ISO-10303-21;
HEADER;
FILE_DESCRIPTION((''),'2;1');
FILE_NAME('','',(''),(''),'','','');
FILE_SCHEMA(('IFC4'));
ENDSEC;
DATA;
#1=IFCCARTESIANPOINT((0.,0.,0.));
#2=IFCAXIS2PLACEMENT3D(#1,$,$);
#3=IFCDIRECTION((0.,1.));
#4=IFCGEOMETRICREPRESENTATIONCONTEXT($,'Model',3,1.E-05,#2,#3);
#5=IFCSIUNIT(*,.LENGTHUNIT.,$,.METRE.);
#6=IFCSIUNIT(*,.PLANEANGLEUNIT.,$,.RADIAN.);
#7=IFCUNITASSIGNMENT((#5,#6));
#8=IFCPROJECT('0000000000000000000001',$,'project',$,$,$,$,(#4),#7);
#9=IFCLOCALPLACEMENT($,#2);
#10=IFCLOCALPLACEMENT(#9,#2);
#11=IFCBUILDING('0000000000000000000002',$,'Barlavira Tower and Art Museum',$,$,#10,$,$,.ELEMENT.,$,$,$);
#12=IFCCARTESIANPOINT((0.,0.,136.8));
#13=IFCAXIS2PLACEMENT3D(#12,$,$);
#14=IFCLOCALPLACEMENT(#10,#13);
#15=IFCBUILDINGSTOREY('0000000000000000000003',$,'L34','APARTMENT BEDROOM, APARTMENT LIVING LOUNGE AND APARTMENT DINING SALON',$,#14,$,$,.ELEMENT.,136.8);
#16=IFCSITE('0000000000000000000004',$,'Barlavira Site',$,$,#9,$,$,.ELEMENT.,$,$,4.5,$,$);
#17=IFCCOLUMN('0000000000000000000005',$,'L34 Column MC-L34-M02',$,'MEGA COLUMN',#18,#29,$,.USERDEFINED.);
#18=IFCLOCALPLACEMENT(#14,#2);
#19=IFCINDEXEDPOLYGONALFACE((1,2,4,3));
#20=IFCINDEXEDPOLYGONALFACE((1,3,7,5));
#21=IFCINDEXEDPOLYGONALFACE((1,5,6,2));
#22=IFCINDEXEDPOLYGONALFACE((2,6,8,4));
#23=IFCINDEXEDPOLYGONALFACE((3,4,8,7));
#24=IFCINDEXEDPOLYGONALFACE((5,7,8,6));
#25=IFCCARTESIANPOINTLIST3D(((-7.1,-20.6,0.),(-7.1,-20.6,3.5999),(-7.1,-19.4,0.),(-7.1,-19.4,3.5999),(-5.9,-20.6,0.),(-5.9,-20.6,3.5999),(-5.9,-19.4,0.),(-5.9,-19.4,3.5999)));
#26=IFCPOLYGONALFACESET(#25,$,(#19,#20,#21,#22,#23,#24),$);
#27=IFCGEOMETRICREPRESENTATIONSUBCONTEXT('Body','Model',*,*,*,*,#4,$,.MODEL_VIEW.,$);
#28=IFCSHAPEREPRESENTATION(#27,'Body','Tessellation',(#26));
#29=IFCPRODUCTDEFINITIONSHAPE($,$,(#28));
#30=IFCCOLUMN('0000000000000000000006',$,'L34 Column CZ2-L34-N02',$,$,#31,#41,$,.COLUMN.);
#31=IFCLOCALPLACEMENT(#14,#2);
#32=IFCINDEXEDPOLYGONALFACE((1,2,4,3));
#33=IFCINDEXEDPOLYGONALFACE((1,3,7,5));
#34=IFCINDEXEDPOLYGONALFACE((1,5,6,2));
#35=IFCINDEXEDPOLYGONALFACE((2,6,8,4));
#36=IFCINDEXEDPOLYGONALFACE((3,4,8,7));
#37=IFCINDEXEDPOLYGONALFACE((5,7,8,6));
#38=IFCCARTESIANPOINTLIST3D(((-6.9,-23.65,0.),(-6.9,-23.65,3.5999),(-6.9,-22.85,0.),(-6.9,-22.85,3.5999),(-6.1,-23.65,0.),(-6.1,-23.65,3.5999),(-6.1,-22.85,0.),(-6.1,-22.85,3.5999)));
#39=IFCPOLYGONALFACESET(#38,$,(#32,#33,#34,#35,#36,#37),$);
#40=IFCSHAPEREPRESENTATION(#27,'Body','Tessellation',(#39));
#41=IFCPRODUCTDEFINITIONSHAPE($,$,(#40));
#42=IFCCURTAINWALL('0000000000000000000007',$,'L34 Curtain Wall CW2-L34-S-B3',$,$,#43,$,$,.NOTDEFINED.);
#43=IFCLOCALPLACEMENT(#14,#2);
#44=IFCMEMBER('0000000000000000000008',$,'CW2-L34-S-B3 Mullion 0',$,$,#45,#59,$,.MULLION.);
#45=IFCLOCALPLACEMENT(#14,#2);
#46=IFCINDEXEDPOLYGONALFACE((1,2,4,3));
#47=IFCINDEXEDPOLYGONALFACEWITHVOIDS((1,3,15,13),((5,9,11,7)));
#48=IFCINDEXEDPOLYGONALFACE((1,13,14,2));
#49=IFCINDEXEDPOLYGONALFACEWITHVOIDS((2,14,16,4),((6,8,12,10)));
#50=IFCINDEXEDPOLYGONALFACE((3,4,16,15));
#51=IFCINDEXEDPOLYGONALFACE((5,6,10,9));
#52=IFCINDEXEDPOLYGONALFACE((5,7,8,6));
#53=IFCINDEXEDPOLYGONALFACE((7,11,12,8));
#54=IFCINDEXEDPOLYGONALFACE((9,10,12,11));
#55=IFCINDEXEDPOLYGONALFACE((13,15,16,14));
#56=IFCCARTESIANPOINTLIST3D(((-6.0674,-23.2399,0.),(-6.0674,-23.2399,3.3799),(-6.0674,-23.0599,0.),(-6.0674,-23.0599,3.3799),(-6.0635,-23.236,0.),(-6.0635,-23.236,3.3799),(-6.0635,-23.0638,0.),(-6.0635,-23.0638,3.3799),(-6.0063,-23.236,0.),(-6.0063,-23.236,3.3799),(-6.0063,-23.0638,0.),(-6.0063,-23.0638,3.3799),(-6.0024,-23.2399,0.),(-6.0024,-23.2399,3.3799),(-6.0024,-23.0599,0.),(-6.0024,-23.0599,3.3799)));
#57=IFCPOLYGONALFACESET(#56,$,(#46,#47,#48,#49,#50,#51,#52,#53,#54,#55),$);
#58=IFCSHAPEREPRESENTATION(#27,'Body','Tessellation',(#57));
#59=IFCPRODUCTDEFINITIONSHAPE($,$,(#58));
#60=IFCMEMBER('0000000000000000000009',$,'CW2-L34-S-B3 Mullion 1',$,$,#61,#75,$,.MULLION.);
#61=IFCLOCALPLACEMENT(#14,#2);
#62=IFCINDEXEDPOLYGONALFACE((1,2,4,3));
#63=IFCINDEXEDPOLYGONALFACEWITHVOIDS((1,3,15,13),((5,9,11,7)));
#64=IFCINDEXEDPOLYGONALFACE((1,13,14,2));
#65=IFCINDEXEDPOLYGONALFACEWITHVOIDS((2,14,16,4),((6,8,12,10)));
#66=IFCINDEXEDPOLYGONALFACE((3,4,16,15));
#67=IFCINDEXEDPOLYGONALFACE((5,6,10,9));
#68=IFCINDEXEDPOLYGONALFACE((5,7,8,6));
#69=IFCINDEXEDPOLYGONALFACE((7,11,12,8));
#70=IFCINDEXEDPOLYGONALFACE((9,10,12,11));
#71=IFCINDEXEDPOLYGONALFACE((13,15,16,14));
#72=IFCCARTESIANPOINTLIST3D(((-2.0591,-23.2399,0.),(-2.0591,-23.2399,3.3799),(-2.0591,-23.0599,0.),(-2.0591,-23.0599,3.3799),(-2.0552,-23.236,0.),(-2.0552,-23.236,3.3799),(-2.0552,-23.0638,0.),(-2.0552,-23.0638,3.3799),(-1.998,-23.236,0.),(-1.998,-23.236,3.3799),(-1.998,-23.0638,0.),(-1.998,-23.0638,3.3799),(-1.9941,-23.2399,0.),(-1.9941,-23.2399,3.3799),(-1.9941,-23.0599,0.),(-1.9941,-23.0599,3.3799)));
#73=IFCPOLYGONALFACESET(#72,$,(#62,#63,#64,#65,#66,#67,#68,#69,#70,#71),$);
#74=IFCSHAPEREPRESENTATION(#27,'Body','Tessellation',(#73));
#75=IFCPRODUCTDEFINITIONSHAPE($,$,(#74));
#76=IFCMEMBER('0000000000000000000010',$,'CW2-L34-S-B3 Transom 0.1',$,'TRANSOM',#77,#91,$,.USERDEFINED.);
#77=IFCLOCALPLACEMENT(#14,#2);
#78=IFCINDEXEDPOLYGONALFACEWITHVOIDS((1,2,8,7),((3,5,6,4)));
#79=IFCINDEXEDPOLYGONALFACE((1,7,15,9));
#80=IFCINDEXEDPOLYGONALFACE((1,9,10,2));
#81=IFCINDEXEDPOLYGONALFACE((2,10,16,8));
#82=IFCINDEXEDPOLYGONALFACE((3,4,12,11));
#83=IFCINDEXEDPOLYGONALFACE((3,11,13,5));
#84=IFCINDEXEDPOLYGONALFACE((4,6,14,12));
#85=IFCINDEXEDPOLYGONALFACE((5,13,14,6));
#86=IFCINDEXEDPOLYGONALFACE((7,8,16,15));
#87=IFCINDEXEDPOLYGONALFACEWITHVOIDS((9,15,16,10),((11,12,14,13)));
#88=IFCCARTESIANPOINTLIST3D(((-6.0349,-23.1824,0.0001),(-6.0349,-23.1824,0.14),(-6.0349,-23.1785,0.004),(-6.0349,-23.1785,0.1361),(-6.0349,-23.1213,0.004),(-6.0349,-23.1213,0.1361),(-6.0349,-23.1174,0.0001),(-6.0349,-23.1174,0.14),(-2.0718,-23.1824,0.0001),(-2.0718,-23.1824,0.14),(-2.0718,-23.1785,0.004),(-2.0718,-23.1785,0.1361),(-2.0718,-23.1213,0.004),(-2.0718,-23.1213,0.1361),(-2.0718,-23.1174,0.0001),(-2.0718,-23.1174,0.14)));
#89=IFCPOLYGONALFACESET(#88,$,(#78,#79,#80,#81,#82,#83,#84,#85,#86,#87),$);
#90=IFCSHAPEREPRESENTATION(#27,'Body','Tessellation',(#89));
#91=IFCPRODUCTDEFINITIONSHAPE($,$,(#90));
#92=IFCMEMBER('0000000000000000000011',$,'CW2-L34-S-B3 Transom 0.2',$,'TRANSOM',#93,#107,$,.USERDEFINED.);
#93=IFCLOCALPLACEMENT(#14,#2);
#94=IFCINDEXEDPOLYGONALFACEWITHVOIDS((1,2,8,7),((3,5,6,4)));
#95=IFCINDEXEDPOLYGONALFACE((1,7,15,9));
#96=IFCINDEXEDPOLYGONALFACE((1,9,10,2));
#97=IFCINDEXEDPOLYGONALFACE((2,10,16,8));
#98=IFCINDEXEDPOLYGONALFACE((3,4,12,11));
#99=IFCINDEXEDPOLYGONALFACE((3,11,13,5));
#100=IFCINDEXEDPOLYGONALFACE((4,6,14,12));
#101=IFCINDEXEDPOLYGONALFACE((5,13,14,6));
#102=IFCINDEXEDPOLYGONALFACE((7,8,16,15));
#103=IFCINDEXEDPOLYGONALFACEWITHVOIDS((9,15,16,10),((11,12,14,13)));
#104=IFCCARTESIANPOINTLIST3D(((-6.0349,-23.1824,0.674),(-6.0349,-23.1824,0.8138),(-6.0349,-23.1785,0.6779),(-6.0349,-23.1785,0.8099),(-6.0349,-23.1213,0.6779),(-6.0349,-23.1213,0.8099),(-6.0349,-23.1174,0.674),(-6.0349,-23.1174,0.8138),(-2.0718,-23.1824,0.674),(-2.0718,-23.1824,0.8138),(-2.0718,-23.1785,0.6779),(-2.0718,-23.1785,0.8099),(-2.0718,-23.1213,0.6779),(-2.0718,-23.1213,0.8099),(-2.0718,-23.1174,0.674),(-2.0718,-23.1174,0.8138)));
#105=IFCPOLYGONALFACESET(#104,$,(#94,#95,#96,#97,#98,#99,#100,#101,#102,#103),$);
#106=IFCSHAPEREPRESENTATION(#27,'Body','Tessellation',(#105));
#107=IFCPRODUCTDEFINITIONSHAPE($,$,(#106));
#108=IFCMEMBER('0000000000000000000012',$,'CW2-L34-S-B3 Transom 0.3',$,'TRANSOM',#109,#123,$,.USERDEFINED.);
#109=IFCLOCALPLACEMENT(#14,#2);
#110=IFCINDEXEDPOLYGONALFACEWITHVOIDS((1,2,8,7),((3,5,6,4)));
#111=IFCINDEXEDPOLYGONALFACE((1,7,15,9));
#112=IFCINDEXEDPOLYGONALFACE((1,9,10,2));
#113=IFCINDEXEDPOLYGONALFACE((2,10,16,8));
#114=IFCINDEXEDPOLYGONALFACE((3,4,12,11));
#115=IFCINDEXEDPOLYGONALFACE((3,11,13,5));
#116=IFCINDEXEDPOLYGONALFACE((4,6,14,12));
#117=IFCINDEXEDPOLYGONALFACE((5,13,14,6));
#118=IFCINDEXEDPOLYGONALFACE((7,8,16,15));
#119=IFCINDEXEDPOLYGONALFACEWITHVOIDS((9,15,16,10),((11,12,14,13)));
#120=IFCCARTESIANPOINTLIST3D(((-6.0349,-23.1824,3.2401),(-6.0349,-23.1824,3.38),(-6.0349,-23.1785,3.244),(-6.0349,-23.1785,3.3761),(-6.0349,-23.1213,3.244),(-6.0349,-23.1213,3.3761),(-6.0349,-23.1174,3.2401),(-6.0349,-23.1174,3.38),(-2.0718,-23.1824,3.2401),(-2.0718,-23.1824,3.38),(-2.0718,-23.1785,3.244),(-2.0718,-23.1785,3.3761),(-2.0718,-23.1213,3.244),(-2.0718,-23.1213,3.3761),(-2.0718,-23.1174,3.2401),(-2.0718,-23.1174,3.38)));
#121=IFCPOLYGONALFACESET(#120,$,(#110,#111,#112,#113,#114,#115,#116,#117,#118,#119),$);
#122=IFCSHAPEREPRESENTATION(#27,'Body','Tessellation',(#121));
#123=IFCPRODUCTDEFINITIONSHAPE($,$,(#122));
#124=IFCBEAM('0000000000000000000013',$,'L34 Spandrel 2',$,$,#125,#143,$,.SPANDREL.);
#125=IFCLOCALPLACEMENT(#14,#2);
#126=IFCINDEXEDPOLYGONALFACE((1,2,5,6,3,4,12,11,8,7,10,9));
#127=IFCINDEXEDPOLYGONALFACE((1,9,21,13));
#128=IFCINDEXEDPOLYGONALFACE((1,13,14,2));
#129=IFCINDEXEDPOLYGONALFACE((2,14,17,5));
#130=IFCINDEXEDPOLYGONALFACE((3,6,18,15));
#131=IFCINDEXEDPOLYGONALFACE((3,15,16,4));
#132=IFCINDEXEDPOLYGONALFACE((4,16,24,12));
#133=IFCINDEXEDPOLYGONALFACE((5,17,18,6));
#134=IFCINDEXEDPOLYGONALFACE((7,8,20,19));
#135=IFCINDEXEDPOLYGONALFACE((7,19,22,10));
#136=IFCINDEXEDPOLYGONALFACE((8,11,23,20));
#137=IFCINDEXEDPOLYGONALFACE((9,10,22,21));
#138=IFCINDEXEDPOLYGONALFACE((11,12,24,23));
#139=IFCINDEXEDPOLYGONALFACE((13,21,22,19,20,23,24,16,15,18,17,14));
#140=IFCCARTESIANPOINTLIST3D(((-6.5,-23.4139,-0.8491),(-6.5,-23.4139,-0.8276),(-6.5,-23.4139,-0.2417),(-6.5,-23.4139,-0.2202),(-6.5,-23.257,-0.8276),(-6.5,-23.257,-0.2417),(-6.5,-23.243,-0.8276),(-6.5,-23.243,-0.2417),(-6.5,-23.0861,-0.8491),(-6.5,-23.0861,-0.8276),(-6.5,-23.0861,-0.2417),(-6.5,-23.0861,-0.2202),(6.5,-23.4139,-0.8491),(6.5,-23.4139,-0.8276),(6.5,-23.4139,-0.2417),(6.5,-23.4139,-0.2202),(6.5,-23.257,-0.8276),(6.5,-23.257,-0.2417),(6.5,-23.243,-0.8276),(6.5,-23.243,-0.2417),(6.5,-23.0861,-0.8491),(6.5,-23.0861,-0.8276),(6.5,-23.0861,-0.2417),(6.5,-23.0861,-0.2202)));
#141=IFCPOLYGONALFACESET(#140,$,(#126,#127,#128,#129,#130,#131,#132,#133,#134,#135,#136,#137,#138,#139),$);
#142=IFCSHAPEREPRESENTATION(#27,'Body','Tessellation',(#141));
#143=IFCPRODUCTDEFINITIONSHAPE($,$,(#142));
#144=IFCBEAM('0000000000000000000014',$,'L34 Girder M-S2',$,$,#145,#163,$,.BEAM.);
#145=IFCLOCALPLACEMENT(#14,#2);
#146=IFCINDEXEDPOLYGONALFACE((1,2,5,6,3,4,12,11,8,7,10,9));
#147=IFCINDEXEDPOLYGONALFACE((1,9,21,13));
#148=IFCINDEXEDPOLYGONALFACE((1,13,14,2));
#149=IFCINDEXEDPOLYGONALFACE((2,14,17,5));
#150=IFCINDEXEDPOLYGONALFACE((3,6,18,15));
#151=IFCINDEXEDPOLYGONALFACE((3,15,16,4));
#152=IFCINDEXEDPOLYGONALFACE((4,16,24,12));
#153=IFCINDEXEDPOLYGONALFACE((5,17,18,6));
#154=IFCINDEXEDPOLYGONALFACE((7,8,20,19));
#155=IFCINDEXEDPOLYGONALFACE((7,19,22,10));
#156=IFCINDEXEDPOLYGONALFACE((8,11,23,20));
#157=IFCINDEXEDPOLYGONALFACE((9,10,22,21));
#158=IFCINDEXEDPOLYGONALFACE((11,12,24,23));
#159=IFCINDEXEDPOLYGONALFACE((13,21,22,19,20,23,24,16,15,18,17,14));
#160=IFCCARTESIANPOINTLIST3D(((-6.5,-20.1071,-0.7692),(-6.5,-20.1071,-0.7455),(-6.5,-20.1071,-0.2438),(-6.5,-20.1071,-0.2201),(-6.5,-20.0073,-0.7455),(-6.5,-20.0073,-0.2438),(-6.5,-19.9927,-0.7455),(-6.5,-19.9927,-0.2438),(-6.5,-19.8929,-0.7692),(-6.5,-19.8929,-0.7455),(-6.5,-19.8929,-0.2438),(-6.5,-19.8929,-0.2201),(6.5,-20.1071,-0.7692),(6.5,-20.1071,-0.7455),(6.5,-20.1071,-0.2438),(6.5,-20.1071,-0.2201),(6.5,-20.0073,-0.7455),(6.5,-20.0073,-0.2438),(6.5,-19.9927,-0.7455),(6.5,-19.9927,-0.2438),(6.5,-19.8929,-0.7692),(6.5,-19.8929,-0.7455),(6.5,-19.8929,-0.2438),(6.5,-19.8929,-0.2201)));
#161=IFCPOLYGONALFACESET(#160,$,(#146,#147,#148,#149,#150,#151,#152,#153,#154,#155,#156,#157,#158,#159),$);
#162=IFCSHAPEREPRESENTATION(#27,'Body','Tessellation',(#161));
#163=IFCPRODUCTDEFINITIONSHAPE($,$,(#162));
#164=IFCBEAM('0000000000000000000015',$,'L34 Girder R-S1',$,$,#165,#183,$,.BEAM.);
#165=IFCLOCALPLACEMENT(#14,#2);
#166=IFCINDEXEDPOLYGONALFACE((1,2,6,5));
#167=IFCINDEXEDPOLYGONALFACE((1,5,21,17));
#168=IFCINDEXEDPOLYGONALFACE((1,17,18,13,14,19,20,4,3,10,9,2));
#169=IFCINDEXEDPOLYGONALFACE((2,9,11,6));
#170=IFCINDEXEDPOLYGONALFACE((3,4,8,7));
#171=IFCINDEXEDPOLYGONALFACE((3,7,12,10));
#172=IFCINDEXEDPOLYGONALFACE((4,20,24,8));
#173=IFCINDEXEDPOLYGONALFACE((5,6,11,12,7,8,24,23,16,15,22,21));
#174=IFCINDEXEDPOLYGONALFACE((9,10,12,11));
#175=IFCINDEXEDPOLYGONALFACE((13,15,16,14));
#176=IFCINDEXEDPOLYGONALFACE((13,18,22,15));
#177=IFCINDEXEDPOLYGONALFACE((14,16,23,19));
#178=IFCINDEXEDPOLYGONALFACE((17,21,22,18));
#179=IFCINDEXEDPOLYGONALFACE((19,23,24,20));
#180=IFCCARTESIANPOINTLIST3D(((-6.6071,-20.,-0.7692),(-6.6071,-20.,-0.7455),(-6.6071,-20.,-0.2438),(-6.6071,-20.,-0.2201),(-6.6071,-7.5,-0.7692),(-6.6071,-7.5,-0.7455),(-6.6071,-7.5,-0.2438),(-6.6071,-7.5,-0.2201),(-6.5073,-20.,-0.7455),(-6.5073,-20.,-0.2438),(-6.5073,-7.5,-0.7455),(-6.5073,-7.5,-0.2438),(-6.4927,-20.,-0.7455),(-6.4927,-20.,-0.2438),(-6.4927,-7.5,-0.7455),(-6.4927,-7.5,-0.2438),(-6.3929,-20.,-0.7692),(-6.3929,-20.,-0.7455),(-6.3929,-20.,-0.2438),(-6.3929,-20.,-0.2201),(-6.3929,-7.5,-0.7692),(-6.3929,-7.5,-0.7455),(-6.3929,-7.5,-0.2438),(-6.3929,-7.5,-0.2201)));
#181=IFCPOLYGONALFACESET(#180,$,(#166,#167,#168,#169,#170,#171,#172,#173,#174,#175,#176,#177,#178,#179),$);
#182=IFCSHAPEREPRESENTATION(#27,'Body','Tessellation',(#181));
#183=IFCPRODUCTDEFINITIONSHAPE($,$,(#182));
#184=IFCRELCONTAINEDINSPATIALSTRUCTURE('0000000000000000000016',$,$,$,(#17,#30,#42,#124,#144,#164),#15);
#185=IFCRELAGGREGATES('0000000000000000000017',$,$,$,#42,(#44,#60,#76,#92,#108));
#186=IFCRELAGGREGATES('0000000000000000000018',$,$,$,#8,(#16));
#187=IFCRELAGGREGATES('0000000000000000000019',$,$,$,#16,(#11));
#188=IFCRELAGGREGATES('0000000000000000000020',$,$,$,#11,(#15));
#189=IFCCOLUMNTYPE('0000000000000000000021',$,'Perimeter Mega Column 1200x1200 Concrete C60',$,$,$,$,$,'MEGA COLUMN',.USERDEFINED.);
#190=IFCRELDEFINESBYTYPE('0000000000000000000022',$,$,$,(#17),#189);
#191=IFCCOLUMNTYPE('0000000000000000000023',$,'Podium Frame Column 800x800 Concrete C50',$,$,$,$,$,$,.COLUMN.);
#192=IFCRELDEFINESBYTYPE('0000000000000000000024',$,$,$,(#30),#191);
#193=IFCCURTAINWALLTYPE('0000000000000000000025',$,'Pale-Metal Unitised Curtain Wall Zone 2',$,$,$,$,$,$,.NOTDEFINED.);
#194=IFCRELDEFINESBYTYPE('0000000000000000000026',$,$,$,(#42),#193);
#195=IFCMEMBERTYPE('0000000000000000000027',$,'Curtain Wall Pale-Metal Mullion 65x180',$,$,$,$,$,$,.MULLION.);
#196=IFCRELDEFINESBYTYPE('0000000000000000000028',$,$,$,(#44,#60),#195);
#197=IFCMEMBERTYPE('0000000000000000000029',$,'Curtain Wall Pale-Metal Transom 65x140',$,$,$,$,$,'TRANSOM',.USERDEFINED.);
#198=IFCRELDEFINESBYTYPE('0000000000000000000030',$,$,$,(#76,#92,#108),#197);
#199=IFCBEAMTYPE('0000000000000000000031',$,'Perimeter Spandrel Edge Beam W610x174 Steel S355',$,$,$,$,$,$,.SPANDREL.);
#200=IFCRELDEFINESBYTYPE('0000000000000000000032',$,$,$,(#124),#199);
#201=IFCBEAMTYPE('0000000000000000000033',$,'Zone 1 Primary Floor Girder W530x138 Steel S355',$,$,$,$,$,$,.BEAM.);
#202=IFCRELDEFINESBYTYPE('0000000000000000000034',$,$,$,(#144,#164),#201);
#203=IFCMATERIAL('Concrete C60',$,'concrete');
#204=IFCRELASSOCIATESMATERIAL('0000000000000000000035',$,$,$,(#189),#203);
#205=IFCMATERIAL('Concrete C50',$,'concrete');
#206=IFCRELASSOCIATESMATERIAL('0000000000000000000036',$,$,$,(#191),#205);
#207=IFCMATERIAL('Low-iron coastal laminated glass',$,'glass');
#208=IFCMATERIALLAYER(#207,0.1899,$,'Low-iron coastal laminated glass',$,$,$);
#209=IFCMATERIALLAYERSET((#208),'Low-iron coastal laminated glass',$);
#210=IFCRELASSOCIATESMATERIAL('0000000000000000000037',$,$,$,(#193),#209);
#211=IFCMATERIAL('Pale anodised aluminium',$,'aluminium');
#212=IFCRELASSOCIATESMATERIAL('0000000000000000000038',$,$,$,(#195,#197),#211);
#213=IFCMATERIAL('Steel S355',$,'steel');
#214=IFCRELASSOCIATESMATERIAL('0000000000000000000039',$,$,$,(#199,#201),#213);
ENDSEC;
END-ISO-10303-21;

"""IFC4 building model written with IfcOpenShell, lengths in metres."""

from ifc_helpers import new_model, si_unit, direction, frame, origin, origin_2d, place, context, subcontext, project, spatial, rectangle, hollow_rectangle, i_section, extrude, material, layer, layer_set, material_profile, profile_set, type_object, element, aggregate, save


model = new_model("IFC4")

# Units and contexts
model_context = context("Model", 3, precision=1e-05, world=origin(), true_north=direction((0.0, 1.0)))
body_context = subcontext(model_context, "Body", "Model", "MODEL_VIEW")
ifc_project = project(units=[si_unit("LENGTHUNIT", "METRE"), si_unit("PLANEANGLEUNIT", "RADIAN")], contexts=[model_context])

# Site, building, storey
site_placement = place(None, origin())
site = spatial("IfcSite", under=ifc_project, at=site_placement, Name="Barlavira Site", CompositionType="ELEMENT", RefElevation=4.5)
building_placement = place(site_placement, origin())
building = spatial("IfcBuilding", under=site, at=building_placement, Name="Barlavira Tower and Art Museum", CompositionType="ELEMENT")
storey_placement = place(building_placement, frame((0.0, 0.0, 136.8)))
storey = spatial("IfcBuildingStorey", under=building, at=storey_placement, Name="L34", Description="APARTMENT BEDROOM, APARTMENT LIVING LOUNGE AND APARTMENT DINING SALON", CompositionType="ELEMENT", Elevation=136.8)

# Columns
ifc_material_1 = material(Name="Concrete C60", Category="concrete")
ifc_material_profile_1 = material_profile(ifc_material_1, rectangle(XDim=1.2, YDim=1.2, at=origin_2d()), Name="RC-COL 1200x1200")
ifc_profile_set_1 = profile_set([ifc_material_profile_1], Name="Concrete C60")
column_type_1 = type_object("IfcColumnType", Name="Perimeter Mega Column 1200x1200 Concrete C60", ElementType="MEGA COLUMN", PredefinedType="USERDEFINED", material=ifc_profile_set_1)
column_1_placement = place(storey_placement, frame((-6.5, -20.0, 0.0), z_axis=(0.0, 0.0, 1.0), x_axis=(1.0, 0.0, 0.0)))
element("IfcColumn", 1, at=column_1_placement, inside=storey, type_object=column_type_1, Name="L34 Column MC-L34-M02", ObjectType="MEGA COLUMN", PredefinedType="USERDEFINED", context=body_context, shape_type="SweptSolid", body=[
    extrude(rectangle(XDim=1.2, YDim=1.2, at=origin_2d()), origin(), (0.0, 0.0, 1.0), 3.5999),
])
ifc_material_2 = material(Name="Concrete C50", Category="concrete")
ifc_material_profile_2 = material_profile(ifc_material_2, rectangle(XDim=0.8, YDim=0.8, at=origin_2d()), Name="RC-COL 800x800")
ifc_profile_set_2 = profile_set([ifc_material_profile_2], Name="Concrete C50")
column_type_2 = type_object("IfcColumnType", Name="Podium Frame Column 800x800 Concrete C50", PredefinedType="COLUMN", material=ifc_profile_set_2)
column_2_placement = place(storey_placement, frame((-6.5, -23.25, 0.0), z_axis=(0.0, 0.0, 1.0), x_axis=(1.0, 0.0, 0.0)))
element("IfcColumn", 2, at=column_2_placement, inside=storey, type_object=column_type_2, Name="L34 Column CZ2-L34-N02", PredefinedType="COLUMN", context=body_context, shape_type="SweptSolid", body=[
    extrude(rectangle(XDim=0.8, YDim=0.8, at=origin_2d()), origin(), (0.0, 0.0, 1.0), 3.5999),
])

# Curtain wall, members
ifc_material_3 = material(Name="Low-iron coastal laminated glass", Category="glass")
ifc_layer_1 = layer(ifc_material_3, 0.1899, Name="Low-iron coastal laminated glass")
ifc_layer_set_1 = layer_set([ifc_layer_1], Name="Low-iron coastal laminated glass")
curtain_wall_type = type_object("IfcCurtainWallType", Name="Pale-Metal Unitised Curtain Wall Zone 2", PredefinedType="NOTDEFINED", material=ifc_layer_set_1)
curtain_wall_placement = place(storey_placement, origin())
curtain_wall = element("IfcCurtainWall", 3, at=curtain_wall_placement, inside=storey, type_object=curtain_wall_type, Name="L34 Curtain Wall CW2-L34-S-B3", PredefinedType="NOTDEFINED")
ifc_material_4 = material(Name="Pale anodised aluminium", Category="aluminium")
ifc_material_profile_3 = material_profile(ifc_material_4, hollow_rectangle(XDim=0.0649, YDim=0.1799, WallThickness=0.0039, at=origin_2d()), Name="ALU-MULL 65x180x4")
ifc_profile_set_3 = profile_set([ifc_material_profile_3], Name="Pale anodised aluminium")
member_type_1 = type_object("IfcMemberType", Name="Curtain Wall Pale-Metal Mullion 65x180", PredefinedType="MULLION", material=ifc_profile_set_3)
member_1_placement = place(storey_placement, frame((-6.0349, -23.1499, 0.0), z_axis=(0.0, 0.0, 1.0), x_axis=(1.0, 0.0, 0.0)))
member_1 = element("IfcMember", 4, at=member_1_placement, type_object=member_type_1, Name="CW2-L34-S-B3 Mullion 0", PredefinedType="MULLION", context=body_context, shape_type="SweptSolid", body=[
    extrude(hollow_rectangle(XDim=0.0649, YDim=0.1799, WallThickness=0.0039, at=origin_2d()), origin(), (0.0, 0.0, 1.0), 3.3799),
])
member_2_placement = place(storey_placement, frame((-2.0266, -23.1499, 0.0), z_axis=(0.0, 0.0, 1.0), x_axis=(1.0, 0.0, 0.0)))
member_2 = element("IfcMember", 5, at=member_2_placement, type_object=member_type_1, Name="CW2-L34-S-B3 Mullion 1", PredefinedType="MULLION", context=body_context, shape_type="SweptSolid", body=[
    extrude(hollow_rectangle(XDim=0.0649, YDim=0.1799, WallThickness=0.0039, at=origin_2d()), origin(), (0.0, 0.0, 1.0), 3.3799),
])
ifc_material_profile_4 = material_profile(ifc_material_4, hollow_rectangle(XDim=0.0649, YDim=0.1399, WallThickness=0.0039, at=origin_2d()), Name="ALU-TRAN 65x140x4")
ifc_profile_set_4 = profile_set([ifc_material_profile_4], Name="Pale anodised aluminium")
member_type_2 = type_object("IfcMemberType", Name="Curtain Wall Pale-Metal Transom 65x140", ElementType="TRANSOM", PredefinedType="USERDEFINED", material=ifc_profile_set_4)
member_3_placement = place(storey_placement, frame((-6.0349, -23.1499, 0.0701), z_axis=(1.0, 0.0, 0.0), x_axis=(0.0, 1.0, 0.0)))
member_3 = element("IfcMember", 6, at=member_3_placement, type_object=member_type_2, Name="CW2-L34-S-B3 Transom 0.1", ObjectType="TRANSOM", PredefinedType="USERDEFINED", context=body_context, shape_type="SweptSolid", body=[
    extrude(hollow_rectangle(XDim=0.0649, YDim=0.1399, WallThickness=0.0039, at=origin_2d()), origin(), (0.0, 0.0, 1.0), 3.9631),
])
member_4_placement = place(storey_placement, frame((-6.0349, -23.1499, 0.7439), z_axis=(1.0, 0.0, 0.0), x_axis=(0.0, 1.0, 0.0)))
member_4 = element("IfcMember", 7, at=member_4_placement, type_object=member_type_2, Name="CW2-L34-S-B3 Transom 0.2", ObjectType="TRANSOM", PredefinedType="USERDEFINED", context=body_context, shape_type="SweptSolid", body=[
    extrude(hollow_rectangle(XDim=0.0649, YDim=0.1399, WallThickness=0.0039, at=origin_2d()), origin(), (0.0, 0.0, 1.0), 3.9631),
])
member_5_placement = place(storey_placement, frame((-6.0349, -23.1499, 3.3101), z_axis=(1.0, 0.0, 0.0), x_axis=(0.0, 1.0, 0.0)))
member_5 = element("IfcMember", 8, at=member_5_placement, type_object=member_type_2, Name="CW2-L34-S-B3 Transom 0.3", ObjectType="TRANSOM", PredefinedType="USERDEFINED", context=body_context, shape_type="SweptSolid", body=[
    extrude(hollow_rectangle(XDim=0.0649, YDim=0.1399, WallThickness=0.0039, at=origin_2d()), origin(), (0.0, 0.0, 1.0), 3.9631),
])

# Beams
ifc_material_5 = material(Name="Steel S355", Category="steel")
ifc_material_profile_5 = material_profile(ifc_material_5, i_section(OverallWidth=0.3279, OverallDepth=0.6289, WebThickness=0.0139, FlangeThickness=0.0215, at=origin_2d()), Name="W610x174.0")
ifc_profile_set_5 = profile_set([ifc_material_profile_5], Name="Steel S355")
beam_type_1 = type_object("IfcBeamType", Name="Perimeter Spandrel Edge Beam W610x174 Steel S355", PredefinedType="SPANDREL", material=ifc_profile_set_5)
beam_1_placement = place(storey_placement, frame((-6.5, -23.25, -0.5347), z_axis=(1.0, 0.0, 0.0), x_axis=(0.0, 1.0, 0.0)))
element("IfcBeam", 9, at=beam_1_placement, inside=storey, type_object=beam_type_1, Name="L34 Spandrel 2", PredefinedType="SPANDREL", context=body_context, shape_type="SweptSolid", body=[
    extrude(i_section(OverallWidth=0.3279, OverallDepth=0.6289, WebThickness=0.0139, FlangeThickness=0.0215, at=origin_2d()), origin(), (0.0, 0.0, 1.0), 13.0),
])
ifc_material_profile_6 = material_profile(ifc_material_5, i_section(OverallWidth=0.2141, OverallDepth=0.5491, WebThickness=0.0146, FlangeThickness=0.0237, at=origin_2d()), Name="W530x138.0")
ifc_profile_set_6 = profile_set([ifc_material_profile_6], Name="Steel S355")
beam_type_2 = type_object("IfcBeamType", Name="Zone 1 Primary Floor Girder W530x138 Steel S355", PredefinedType="BEAM", material=ifc_profile_set_6)
beam_2_placement = place(storey_placement, frame((-6.5, -20.0, -0.4946), z_axis=(1.0, 0.0, 0.0), x_axis=(0.0, 1.0, 0.0)))
element("IfcBeam", 10, at=beam_2_placement, inside=storey, type_object=beam_type_2, Name="L34 Girder M-S2", PredefinedType="BEAM", context=body_context, shape_type="SweptSolid", body=[
    extrude(i_section(OverallWidth=0.2141, OverallDepth=0.5491, WebThickness=0.0146, FlangeThickness=0.0237, at=origin_2d()), origin(), (0.0, 0.0, 1.0), 13.0),
])
beam_3_placement = place(storey_placement, frame((-6.5, -20.0, -0.4946), z_axis=(0.0, 1.0, 0.0), x_axis=(-1.0, 0.0, 0.0)))
element("IfcBeam", 11, at=beam_3_placement, inside=storey, type_object=beam_type_2, Name="L34 Girder R-S1", PredefinedType="BEAM", context=body_context, shape_type="SweptSolid", body=[
    extrude(i_section(OverallWidth=0.2141, OverallDepth=0.5491, WebThickness=0.0146, FlangeThickness=0.0237, at=origin_2d()), origin(), (0.0, 0.0, 1.0), 12.5),
])

aggregate(curtain_wall, [member_1, member_2, member_3, member_4, member_5])

save(model, "model.ifc")
